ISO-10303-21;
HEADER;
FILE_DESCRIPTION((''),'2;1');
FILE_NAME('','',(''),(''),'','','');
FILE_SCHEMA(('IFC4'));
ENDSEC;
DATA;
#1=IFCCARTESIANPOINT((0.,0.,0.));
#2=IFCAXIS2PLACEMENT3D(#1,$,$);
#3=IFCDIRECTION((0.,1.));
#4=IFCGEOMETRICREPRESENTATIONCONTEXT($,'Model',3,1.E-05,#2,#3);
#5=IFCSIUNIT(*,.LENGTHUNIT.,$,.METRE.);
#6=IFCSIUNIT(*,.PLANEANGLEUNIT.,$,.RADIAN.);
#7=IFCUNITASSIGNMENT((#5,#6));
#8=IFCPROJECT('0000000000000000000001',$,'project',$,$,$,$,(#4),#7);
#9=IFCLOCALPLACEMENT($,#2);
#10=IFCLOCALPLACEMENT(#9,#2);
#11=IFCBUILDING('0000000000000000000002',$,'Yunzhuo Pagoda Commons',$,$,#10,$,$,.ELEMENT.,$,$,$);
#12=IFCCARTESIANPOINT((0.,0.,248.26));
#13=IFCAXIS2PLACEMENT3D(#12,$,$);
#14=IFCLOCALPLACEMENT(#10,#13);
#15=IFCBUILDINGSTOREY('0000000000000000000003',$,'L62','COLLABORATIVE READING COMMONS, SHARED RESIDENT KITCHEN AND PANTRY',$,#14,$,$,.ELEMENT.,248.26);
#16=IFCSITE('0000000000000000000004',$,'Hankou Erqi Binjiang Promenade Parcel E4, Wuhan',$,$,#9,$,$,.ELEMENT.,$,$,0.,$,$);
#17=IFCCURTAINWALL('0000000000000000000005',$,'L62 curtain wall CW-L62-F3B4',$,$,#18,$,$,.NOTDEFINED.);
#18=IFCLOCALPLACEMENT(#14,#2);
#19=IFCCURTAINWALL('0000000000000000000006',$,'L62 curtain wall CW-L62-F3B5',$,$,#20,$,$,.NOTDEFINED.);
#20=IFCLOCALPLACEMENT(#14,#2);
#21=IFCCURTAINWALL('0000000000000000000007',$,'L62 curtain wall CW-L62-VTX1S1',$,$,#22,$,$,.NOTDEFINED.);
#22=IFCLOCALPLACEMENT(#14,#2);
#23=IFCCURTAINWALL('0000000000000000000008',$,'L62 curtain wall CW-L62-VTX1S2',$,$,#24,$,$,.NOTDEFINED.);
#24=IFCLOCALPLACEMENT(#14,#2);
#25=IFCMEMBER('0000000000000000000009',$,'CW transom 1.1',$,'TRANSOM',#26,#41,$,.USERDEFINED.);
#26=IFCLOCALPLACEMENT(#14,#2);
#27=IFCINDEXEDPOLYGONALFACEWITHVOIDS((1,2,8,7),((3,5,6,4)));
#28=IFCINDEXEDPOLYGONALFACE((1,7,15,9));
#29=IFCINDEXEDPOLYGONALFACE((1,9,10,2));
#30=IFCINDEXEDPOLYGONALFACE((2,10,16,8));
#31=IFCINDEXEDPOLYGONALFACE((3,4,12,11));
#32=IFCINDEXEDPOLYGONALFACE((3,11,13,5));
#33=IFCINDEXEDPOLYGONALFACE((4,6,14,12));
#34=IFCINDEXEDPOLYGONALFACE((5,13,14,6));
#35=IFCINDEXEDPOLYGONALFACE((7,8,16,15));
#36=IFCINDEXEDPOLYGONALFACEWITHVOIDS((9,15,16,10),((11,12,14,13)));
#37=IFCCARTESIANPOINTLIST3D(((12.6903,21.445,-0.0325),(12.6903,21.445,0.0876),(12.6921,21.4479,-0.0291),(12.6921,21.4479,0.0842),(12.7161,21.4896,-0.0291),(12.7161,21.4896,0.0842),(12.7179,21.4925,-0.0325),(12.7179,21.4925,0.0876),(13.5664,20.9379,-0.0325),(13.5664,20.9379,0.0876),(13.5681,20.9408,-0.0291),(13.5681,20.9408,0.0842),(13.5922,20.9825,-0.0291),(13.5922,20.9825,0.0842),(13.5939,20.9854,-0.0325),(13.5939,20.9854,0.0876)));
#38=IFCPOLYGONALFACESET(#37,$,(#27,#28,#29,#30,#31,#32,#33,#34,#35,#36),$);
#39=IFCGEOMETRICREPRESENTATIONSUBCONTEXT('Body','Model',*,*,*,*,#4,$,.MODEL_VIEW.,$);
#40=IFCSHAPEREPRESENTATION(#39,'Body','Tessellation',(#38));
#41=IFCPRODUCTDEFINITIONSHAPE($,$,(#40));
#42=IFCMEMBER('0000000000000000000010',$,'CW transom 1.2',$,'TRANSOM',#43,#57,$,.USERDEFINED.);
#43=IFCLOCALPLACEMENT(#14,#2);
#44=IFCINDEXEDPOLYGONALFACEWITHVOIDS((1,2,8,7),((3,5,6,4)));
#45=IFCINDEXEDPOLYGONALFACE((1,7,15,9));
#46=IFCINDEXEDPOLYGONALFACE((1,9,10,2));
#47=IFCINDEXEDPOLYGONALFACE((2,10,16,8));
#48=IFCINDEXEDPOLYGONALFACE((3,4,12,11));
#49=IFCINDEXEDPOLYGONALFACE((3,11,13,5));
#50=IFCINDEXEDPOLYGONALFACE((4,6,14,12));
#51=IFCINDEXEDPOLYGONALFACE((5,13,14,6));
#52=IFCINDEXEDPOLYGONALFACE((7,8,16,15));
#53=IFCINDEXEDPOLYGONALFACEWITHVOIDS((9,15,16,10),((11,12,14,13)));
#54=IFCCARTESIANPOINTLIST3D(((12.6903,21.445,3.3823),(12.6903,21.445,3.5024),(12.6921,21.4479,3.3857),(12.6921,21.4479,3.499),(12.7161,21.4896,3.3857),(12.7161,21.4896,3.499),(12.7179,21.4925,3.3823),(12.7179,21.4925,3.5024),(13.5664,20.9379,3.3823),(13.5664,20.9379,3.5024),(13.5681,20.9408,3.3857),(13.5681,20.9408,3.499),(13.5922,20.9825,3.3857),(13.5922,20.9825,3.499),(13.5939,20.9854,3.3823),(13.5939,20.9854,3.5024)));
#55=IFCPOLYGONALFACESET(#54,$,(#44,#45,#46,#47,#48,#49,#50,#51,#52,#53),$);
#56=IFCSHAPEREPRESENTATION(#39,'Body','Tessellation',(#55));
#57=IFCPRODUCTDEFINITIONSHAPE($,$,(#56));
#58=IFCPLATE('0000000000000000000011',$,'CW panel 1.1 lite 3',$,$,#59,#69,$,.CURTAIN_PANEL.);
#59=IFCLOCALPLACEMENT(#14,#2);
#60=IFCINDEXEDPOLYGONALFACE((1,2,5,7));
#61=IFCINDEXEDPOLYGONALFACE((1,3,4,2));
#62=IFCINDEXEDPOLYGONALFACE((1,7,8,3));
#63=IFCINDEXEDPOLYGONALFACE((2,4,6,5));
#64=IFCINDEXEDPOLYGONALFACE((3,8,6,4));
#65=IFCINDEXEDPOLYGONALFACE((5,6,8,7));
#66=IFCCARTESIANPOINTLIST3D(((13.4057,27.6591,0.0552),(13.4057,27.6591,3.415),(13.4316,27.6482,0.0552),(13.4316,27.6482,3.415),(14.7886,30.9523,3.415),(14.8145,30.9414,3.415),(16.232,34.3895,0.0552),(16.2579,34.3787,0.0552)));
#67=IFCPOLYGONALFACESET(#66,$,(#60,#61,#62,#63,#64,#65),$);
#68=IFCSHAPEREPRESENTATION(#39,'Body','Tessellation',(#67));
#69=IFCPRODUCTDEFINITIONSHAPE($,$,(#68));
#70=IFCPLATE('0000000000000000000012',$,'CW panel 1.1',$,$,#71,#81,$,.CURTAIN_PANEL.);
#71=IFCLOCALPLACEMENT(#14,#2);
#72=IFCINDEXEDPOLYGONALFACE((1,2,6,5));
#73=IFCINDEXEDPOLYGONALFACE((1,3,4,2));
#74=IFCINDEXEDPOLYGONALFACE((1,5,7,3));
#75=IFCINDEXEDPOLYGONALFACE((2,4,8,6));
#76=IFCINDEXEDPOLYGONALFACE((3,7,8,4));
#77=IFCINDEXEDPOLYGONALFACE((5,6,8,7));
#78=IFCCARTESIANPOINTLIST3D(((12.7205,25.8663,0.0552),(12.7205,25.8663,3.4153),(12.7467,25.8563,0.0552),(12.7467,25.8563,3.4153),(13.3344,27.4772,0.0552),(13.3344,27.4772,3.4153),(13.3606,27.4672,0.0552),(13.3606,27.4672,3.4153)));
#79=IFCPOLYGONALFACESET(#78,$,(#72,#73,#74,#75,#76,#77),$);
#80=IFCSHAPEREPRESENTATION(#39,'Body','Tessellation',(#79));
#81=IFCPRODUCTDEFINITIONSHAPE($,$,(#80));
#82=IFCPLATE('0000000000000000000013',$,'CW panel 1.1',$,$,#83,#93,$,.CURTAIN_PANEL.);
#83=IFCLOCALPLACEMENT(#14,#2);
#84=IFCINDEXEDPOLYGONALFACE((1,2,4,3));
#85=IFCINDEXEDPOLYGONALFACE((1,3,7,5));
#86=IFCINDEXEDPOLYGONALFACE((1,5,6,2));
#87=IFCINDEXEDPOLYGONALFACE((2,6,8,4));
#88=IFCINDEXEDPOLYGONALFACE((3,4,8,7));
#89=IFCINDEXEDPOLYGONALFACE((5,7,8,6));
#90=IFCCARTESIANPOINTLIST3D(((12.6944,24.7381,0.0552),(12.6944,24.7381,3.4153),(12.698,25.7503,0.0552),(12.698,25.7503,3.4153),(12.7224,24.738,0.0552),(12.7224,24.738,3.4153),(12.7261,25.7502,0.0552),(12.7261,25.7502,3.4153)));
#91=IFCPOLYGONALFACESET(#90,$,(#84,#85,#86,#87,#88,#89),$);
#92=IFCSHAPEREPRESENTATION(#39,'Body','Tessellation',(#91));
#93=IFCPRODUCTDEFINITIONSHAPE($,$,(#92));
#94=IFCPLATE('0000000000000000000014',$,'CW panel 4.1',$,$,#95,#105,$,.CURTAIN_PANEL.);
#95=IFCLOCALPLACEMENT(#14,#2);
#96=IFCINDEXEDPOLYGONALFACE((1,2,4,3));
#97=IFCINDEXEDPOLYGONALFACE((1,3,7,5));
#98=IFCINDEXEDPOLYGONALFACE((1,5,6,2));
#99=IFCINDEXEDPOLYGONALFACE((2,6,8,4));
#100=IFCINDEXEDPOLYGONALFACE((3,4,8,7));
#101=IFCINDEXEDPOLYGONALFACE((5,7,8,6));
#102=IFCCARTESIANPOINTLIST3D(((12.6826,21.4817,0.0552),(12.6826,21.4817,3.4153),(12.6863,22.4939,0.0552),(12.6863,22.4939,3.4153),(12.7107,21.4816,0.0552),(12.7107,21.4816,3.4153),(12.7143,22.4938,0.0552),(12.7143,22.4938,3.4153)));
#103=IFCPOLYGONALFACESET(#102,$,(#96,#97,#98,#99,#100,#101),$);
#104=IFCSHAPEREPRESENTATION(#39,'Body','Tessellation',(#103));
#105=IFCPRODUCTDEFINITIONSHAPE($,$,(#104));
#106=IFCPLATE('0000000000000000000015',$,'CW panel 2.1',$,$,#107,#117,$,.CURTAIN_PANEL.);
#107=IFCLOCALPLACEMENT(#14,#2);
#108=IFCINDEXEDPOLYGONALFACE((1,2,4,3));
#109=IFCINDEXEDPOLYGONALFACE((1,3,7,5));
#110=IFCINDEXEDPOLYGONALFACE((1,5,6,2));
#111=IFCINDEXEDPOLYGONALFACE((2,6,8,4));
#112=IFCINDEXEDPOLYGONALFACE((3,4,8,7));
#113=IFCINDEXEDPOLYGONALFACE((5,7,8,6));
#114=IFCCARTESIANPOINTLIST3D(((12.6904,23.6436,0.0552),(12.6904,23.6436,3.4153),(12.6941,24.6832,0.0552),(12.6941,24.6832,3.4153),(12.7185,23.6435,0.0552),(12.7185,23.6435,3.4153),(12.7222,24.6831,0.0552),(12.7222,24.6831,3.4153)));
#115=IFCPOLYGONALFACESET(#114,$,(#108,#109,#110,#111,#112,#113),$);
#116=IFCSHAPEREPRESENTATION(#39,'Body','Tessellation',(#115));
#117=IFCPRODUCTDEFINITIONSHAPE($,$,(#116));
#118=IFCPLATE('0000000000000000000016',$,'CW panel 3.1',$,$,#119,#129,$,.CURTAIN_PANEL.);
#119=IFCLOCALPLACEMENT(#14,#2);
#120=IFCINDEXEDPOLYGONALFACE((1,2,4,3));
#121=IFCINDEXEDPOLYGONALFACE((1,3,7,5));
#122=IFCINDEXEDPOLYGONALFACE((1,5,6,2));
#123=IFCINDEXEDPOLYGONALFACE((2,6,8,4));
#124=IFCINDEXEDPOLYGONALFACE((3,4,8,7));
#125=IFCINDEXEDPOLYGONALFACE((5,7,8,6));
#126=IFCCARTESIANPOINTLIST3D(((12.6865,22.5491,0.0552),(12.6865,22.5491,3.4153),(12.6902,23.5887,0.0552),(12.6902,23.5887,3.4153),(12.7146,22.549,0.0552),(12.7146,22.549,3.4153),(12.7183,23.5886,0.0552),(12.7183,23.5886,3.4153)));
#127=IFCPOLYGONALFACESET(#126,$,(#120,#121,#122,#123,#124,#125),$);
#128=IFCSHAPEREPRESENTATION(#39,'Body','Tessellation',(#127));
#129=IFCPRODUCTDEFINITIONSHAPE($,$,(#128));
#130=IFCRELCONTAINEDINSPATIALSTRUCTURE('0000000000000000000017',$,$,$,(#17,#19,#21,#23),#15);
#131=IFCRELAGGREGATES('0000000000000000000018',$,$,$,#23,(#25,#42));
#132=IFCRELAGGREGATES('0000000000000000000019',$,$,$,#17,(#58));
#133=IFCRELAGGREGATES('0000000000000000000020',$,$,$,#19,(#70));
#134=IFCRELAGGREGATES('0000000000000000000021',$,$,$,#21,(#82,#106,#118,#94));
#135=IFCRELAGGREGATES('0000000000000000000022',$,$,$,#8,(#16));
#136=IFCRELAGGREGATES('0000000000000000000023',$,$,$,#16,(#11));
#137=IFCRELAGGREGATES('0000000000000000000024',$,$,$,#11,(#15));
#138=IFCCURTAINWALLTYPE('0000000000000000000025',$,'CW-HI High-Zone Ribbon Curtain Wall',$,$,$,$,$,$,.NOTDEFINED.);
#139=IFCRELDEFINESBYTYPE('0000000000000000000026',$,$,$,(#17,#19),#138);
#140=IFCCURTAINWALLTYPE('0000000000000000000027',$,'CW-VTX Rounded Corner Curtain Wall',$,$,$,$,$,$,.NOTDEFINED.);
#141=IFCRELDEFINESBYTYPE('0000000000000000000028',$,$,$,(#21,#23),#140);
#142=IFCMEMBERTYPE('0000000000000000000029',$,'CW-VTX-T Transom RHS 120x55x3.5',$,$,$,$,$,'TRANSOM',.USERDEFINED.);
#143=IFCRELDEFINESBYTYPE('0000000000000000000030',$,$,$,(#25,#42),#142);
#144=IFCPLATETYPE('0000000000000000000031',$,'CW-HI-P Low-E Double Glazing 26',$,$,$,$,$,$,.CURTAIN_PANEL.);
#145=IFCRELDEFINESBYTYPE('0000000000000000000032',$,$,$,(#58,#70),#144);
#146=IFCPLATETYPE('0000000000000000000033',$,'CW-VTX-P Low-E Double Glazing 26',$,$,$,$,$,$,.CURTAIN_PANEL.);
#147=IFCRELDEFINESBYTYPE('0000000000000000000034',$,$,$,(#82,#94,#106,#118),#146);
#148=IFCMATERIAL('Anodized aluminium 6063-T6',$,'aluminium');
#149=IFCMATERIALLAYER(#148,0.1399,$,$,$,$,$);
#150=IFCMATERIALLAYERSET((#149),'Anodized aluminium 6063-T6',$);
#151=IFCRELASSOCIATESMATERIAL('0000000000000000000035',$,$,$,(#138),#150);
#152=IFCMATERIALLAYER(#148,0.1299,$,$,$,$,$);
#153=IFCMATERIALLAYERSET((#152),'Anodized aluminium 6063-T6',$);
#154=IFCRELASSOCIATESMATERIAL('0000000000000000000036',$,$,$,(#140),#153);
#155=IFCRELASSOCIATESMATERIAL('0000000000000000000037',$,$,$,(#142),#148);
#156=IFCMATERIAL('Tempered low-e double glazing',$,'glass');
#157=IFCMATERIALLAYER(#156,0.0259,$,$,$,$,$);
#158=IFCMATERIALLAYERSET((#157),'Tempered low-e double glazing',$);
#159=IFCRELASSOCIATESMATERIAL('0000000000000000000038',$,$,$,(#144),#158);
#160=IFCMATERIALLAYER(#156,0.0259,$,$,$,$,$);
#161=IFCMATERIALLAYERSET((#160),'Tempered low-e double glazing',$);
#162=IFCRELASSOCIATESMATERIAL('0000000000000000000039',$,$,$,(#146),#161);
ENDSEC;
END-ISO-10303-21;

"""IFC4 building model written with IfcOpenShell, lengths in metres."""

from ifc_helpers import new_model, si_unit, direction, frame, origin, origin_2d, place, context, subcontext, project, spatial, polyline, rectangle, hollow_rectangle, outline, extrude, source, transform, mapped, material, layer, layer_set, material_profile, profile_set, type_object, element, aggregate, save


model = new_model("IFC4")

# Units and contexts
model_context = context("Model", 3, precision=1e-05, world=origin(), true_north=direction((0.0, 1.0)))
body_context = subcontext(model_context, "Body", "Model", "MODEL_VIEW")
ifc_project = project(units=[si_unit("LENGTHUNIT", "METRE"), si_unit("PLANEANGLEUNIT", "RADIAN")], contexts=[model_context])

# Site, building, storey
site_placement = place(None, origin())
site = spatial("IfcSite", under=ifc_project, at=site_placement, Name="Hankou Erqi Binjiang Promenade Parcel E4, Wuhan", CompositionType="ELEMENT", RefElevation=0.0)
building_placement = place(site_placement, origin())
building = spatial("IfcBuilding", under=site, at=building_placement, Name="Yunzhuo Pagoda Commons", CompositionType="ELEMENT")
storey_placement = place(building_placement, frame((0.0, 0.0, 248.26)))
storey = spatial("IfcBuildingStorey", under=building, at=storey_placement, Name="L62", Description="COLLABORATIVE READING COMMONS, SHARED RESIDENT KITCHEN AND PANTRY", CompositionType="ELEMENT", Elevation=248.26)

# Curtain wall
ifc_material_1 = material(Name="Anodized aluminium 6063-T6", Category="aluminium")
ifc_layer_1 = layer(ifc_material_1, 0.1399)
ifc_layer_set_1 = layer_set([ifc_layer_1], Name="Anodized aluminium 6063-T6")
curtain_wall_type_1 = type_object("IfcCurtainWallType", Name="CW-HI High-Zone Ribbon Curtain Wall", PredefinedType="NOTDEFINED", material=ifc_layer_set_1)
curtain_wall_1_placement = place(storey_placement, origin())
curtain_wall_1 = element("IfcCurtainWall", 1, at=curtain_wall_1_placement, inside=storey, type_object=curtain_wall_type_1, Name="L62 curtain wall CW-L62-F3B4", PredefinedType="NOTDEFINED")

# Curtain walls, members
curtain_wall_2_placement = place(storey_placement, origin())
curtain_wall_2 = element("IfcCurtainWall", 2, at=curtain_wall_2_placement, inside=storey, type_object=curtain_wall_type_1, Name="L62 curtain wall CW-L62-F3B5", PredefinedType="NOTDEFINED")
ifc_layer_2 = layer(ifc_material_1, 0.1299)
ifc_layer_set_2 = layer_set([ifc_layer_2], Name="Anodized aluminium 6063-T6")
curtain_wall_type_2 = type_object("IfcCurtainWallType", Name="CW-VTX Rounded Corner Curtain Wall", PredefinedType="NOTDEFINED", material=ifc_layer_set_2)
curtain_wall_3_placement = place(storey_placement, origin())
curtain_wall_3 = element("IfcCurtainWall", 3, at=curtain_wall_3_placement, inside=storey, type_object=curtain_wall_type_2, Name="L62 curtain wall CW-L62-VTX1S1", PredefinedType="NOTDEFINED")
ifc_material_profile_1 = material_profile(ifc_material_1, hollow_rectangle(XDim=0.0549, YDim=0.1201, WallThickness=0.0034, at=origin_2d()), Name="Anodized aluminium 6063-T6")
ifc_profile_set_1 = profile_set([ifc_material_profile_1], Name="Anodized aluminium 6063-T6")
member_type_1 = type_object("IfcMemberType", Name="CW-VTX-T Transom RHS 120x55x3.5", ElementType="TRANSOM", PredefinedType="USERDEFINED", material=ifc_profile_set_1)
shared_shape_1 = source(origin(), body_context, "Body", "SweptSolid", [
    extrude(hollow_rectangle(XDim=0.0549, YDim=0.1201, WallThickness=0.0034, at=origin_2d()), origin(), (0.0, 0.0, 1.0), 1.0122),
])
curtain_wall_4_placement = place(storey_placement, origin())
curtain_wall_4 = element("IfcCurtainWall", 4, at=curtain_wall_4_placement, inside=storey, type_object=curtain_wall_type_2, Name="L62 curtain wall CW-L62-VTX1S2", PredefinedType="NOTDEFINED")
member_1_placement = place(storey_placement, frame((12.7041, 21.4688, 0.0276), z_axis=(0.865454, -0.500989, 0.0), x_axis=(0.500989, 0.865454, 0.0)))
member_1 = element("IfcMember", 5, at=member_1_placement, type_object=member_type_1, Name="CW transom 1.1", ObjectType="TRANSOM", PredefinedType="USERDEFINED", context=body_context, shape_type="MappedRepresentation", body=[
    mapped(shared_shape_1, transform((0.0, 0.0, 0.0), scale=1.0)),
])
member_2_placement = place(storey_placement, frame((12.7041, 21.4688, 3.4424), z_axis=(0.865454, -0.500989, 0.0), x_axis=(0.500989, 0.865454, 0.0)))
member_2 = element("IfcMember", 6, at=member_2_placement, type_object=member_type_1, Name="CW transom 1.2", ObjectType="TRANSOM", PredefinedType="USERDEFINED", context=body_context, shape_type="MappedRepresentation", body=[
    mapped(shared_shape_1, transform((0.0, 0.0, 0.0), scale=1.0)),
])
aggregate(curtain_wall_4, [member_1, member_2])

# Plates
ifc_material_2 = material(Name="Tempered low-e double glazing", Category="glass")
ifc_layer_3 = layer(ifc_material_2, 0.0259)
ifc_layer_set_3 = layer_set([ifc_layer_3], Name="Tempered low-e double glazing")
plate_type_1 = type_object("IfcPlateType", Name="CW-HI-P Low-E Double Glazing 26", PredefinedType="CURTAIN_PANEL", material=ifc_layer_set_3)
plate_1_placement = place(storey_placement, frame((14.8447, 31.0134, 1.7351), z_axis=(-0.922008, 0.38717, 0.0), x_axis=(-0.38717, -0.922008, 0.0)))
plate_1 = element("IfcPlate", 7, at=plate_1_placement, type_object=plate_type_1, Name="CW panel 1.1 lite 3", PredefinedType="CURTAIN_PANEL", context=body_context, shape_type="SweptSolid", body=[
    extrude(outline(polyline([(-3.6499, -1.6799), (3.6499, -1.6799), (3.6499, 1.6799), (0.0781, 1.6799), (-3.6499, -1.6799)])), origin(), (0.0, 0.0, 1.0), 0.0281),
])
aggregate(curtain_wall_1, [plate_1])
shared_shape_2 = source(origin(), body_context, "Body", "SweptSolid", [
    extrude(rectangle(XDim=1.7239, YDim=0.0281, at=origin_2d()), origin(), (0.0, 0.0, 1.0), 3.3601),
])
plate_2_placement = place(storey_placement, frame((13.0405, 26.6667, 0.0552), z_axis=(0.0, 0.0, 1.0), x_axis=(-0.356117, -0.934441, 0.0)))
plate_2 = element("IfcPlate", 8, at=plate_2_placement, type_object=plate_type_1, Name="CW panel 1.1", PredefinedType="CURTAIN_PANEL", context=body_context, shape_type="MappedRepresentation", body=[
    mapped(shared_shape_2, transform((0.0, 0.0, 0.0), scale=1.0)),
])
aggregate(curtain_wall_2, [plate_2])
ifc_layer_4 = layer(ifc_material_2, 0.0259)
ifc_layer_set_4 = layer_set([ifc_layer_4], Name="Tempered low-e double glazing")
plate_type_2 = type_object("IfcPlateType", Name="CW-VTX-P Low-E Double Glazing 26", PredefinedType="CURTAIN_PANEL", material=ifc_layer_set_4)
shared_shape_3 = source(origin(), body_context, "Body", "SweptSolid", [
    extrude(rectangle(XDim=1.0122, YDim=0.0281, at=origin_2d()), origin(), (0.0, 0.0, 1.0), 3.3601),
])
plate_3_placement = place(storey_placement, frame((12.7102, 25.2441, 0.0552), z_axis=(0.0, 0.0, 1.0), x_axis=(-0.003586, -0.999994, 0.0)))
plate_3 = element("IfcPlate", 9, at=plate_3_placement, type_object=plate_type_2, Name="CW panel 1.1", PredefinedType="CURTAIN_PANEL", context=body_context, shape_type="MappedRepresentation", body=[
    mapped(shared_shape_3, transform((0.0, 0.0, 0.0), scale=1.0)),
])
plate_4_placement = place(storey_placement, frame((12.6985, 21.9878, 0.0552), z_axis=(0.0, 0.0, 1.0), x_axis=(-0.003586, -0.999994, 0.0)))
plate_4 = element("IfcPlate", 10, at=plate_4_placement, type_object=plate_type_2, Name="CW panel 4.1", PredefinedType="CURTAIN_PANEL", context=body_context, shape_type="MappedRepresentation", body=[
    mapped(shared_shape_3, transform((0.0, 0.0, 0.0), scale=1.0)),
])
shared_shape_4 = source(origin(), body_context, "Body", "SweptSolid", [
    extrude(rectangle(XDim=1.0396, YDim=0.0281, at=origin_2d()), origin(), (0.0, 0.0, 1.0), 3.3601),
])
plate_5_placement = place(storey_placement, frame((12.7063, 24.1633, 0.0552), z_axis=(0.0, 0.0, 1.0), x_axis=(-0.003586, -0.999994, 0.0)))
plate_5 = element("IfcPlate", 11, at=plate_5_placement, type_object=plate_type_2, Name="CW panel 2.1", PredefinedType="CURTAIN_PANEL", context=body_context, shape_type="MappedRepresentation", body=[
    mapped(shared_shape_4, transform((0.0, 0.0, 0.0), scale=1.0)),
])
plate_6_placement = place(storey_placement, frame((12.7024, 23.0688, 0.0552), z_axis=(0.0, 0.0, 1.0), x_axis=(-0.003586, -0.999994, 0.0)))
plate_6 = element("IfcPlate", 12, at=plate_6_placement, type_object=plate_type_2, Name="CW panel 3.1", PredefinedType="CURTAIN_PANEL", context=body_context, shape_type="MappedRepresentation", body=[
    mapped(shared_shape_4, transform((0.0, 0.0, 0.0), scale=1.0)),
])
aggregate(curtain_wall_3, [plate_3, plate_5, plate_6, plate_4])

save(model, "model.ifc")
